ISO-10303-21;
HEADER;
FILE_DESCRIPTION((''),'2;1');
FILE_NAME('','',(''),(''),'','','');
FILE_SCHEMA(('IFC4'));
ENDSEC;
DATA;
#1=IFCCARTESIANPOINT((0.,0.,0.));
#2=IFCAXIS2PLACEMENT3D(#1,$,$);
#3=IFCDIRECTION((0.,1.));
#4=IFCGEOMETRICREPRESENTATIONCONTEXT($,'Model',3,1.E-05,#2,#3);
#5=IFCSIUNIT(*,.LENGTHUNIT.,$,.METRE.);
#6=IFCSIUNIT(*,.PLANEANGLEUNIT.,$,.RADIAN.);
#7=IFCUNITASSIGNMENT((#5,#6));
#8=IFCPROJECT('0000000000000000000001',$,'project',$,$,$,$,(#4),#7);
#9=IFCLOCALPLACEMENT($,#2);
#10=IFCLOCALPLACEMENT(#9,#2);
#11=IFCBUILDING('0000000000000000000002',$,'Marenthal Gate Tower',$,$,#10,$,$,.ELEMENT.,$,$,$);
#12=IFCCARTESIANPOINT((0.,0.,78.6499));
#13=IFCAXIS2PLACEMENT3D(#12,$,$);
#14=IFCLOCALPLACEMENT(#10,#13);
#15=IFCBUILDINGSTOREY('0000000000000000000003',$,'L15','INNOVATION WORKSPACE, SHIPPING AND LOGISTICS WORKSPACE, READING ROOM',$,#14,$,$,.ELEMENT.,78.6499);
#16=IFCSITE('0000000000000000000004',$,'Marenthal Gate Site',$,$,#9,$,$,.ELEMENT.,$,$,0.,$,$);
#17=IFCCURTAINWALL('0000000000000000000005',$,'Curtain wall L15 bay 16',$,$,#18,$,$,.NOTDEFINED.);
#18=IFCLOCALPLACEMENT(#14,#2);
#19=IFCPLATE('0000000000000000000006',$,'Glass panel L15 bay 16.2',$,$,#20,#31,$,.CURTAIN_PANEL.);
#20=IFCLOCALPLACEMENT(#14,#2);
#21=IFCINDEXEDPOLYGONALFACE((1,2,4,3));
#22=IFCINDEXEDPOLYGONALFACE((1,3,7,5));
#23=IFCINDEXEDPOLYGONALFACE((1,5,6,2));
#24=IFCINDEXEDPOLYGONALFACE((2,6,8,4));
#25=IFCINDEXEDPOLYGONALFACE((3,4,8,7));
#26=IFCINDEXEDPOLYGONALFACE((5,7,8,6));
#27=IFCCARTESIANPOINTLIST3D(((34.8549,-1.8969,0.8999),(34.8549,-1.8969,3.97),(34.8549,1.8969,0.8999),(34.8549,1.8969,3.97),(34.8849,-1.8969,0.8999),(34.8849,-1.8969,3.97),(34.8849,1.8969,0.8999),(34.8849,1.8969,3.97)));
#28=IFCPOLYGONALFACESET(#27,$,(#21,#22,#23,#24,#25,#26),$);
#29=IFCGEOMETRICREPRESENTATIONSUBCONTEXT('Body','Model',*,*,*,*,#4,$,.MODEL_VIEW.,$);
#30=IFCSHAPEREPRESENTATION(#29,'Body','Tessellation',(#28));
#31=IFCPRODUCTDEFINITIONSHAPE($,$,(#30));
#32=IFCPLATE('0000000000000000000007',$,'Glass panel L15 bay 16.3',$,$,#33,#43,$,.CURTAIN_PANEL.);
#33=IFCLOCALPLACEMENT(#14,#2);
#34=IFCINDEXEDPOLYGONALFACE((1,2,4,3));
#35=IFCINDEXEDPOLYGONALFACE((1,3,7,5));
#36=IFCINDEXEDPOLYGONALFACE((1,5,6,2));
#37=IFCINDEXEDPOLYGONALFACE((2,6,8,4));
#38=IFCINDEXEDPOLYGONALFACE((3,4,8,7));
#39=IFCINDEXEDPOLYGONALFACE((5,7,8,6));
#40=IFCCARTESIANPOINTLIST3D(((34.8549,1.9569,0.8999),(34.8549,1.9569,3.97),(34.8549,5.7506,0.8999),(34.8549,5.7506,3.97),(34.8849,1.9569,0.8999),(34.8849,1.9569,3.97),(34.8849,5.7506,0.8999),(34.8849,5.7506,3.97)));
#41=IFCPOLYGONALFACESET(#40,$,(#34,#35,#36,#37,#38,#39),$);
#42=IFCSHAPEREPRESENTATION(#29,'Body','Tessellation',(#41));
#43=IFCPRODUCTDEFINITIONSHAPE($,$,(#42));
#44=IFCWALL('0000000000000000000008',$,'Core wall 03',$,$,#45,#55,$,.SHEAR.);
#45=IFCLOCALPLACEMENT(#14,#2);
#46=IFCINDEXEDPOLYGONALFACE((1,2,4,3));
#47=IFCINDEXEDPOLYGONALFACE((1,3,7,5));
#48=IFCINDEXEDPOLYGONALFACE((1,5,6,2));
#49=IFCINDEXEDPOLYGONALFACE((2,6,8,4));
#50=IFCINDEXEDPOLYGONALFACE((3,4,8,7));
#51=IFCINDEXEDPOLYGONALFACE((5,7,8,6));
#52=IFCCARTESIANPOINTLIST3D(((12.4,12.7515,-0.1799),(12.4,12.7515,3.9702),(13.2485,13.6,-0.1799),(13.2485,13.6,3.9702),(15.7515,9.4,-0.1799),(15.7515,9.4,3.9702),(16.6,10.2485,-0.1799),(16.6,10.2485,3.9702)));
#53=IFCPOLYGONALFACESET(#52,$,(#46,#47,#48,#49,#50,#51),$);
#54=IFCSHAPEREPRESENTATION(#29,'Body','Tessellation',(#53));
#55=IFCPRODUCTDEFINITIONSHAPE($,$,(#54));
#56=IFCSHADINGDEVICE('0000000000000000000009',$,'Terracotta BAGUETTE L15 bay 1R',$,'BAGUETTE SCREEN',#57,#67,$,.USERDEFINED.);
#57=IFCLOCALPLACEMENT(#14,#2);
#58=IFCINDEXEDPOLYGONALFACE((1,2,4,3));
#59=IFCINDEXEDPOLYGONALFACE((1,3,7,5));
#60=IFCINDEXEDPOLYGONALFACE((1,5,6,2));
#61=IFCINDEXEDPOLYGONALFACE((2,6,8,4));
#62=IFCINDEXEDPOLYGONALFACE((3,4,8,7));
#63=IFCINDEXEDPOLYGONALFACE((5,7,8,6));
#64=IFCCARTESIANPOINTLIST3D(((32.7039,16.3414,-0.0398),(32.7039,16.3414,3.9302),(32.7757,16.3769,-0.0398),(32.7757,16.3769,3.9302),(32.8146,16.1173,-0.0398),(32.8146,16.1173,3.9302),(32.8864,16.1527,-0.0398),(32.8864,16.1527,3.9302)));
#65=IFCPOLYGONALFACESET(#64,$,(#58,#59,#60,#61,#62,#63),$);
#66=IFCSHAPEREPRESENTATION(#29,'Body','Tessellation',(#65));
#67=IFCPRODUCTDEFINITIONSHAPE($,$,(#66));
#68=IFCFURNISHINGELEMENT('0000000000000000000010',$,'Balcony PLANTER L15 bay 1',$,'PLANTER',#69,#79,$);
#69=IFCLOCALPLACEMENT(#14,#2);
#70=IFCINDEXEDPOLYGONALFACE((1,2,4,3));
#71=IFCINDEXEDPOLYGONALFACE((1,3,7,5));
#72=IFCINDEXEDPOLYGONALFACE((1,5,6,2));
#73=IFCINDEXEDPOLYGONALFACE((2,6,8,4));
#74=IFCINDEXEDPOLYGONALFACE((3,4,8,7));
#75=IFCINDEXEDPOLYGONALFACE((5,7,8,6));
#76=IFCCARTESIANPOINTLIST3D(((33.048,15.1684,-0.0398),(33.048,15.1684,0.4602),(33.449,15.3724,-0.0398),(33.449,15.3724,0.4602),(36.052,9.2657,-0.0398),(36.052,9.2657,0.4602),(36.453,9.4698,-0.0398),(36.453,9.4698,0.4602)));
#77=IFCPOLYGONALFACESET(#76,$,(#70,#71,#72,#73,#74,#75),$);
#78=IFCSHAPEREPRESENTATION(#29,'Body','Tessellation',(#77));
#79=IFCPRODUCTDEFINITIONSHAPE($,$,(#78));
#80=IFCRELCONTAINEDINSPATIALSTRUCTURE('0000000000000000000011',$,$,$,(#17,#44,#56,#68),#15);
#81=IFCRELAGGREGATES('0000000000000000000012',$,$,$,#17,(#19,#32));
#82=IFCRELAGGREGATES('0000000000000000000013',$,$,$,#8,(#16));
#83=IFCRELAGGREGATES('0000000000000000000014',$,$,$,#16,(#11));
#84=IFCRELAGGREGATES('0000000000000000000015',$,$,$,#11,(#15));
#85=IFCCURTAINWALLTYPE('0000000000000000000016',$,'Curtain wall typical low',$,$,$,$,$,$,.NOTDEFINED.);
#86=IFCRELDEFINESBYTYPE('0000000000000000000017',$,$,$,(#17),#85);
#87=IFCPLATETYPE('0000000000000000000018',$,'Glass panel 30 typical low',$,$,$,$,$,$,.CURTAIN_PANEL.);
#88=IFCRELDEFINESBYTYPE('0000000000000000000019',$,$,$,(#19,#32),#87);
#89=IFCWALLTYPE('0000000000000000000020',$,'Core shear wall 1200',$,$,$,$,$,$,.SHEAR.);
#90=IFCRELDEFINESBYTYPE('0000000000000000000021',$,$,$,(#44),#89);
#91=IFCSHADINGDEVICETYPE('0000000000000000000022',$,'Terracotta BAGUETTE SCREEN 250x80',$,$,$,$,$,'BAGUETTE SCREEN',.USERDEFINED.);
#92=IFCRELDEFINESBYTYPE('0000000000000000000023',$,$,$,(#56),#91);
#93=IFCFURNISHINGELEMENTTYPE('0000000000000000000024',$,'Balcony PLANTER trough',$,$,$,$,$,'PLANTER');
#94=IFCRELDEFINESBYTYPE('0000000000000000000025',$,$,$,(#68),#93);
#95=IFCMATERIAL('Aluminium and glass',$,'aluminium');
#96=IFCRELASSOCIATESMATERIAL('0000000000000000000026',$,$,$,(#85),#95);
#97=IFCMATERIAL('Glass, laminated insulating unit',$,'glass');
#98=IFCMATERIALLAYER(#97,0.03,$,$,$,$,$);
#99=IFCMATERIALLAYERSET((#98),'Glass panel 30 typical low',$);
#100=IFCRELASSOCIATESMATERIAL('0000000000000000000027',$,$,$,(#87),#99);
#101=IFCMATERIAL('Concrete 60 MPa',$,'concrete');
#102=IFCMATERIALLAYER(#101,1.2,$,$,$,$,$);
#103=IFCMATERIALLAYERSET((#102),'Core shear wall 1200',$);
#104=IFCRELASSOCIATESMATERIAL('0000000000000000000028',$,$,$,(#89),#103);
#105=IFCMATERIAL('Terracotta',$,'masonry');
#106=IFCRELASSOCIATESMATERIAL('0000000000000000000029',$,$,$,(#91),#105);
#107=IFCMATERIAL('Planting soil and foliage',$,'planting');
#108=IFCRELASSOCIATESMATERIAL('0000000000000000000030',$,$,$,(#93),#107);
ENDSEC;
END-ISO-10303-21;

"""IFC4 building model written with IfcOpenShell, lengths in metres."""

from ifc_helpers import new_model, si_unit, direction, frame, frame_2d, origin, origin_2d, place, context, subcontext, project, spatial, rectangle, extrude, material, layer, layer_set, material_profile, profile_set, type_object, element, aggregate, save


model = new_model("IFC4")

# Units and contexts
model_context = context("Model", 3, precision=1e-05, world=origin(), true_north=direction((0.0, 1.0)))
body_context = subcontext(model_context, "Body", "Model", "MODEL_VIEW")
ifc_project = project(units=[si_unit("LENGTHUNIT", "METRE"), si_unit("PLANEANGLEUNIT", "RADIAN")], contexts=[model_context])

# Site, building, storey
site_placement = place(None, origin())
site = spatial("IfcSite", under=ifc_project, at=site_placement, Name="Marenthal Gate Site", CompositionType="ELEMENT", RefElevation=0.0)
building_placement = place(site_placement, origin())
building = spatial("IfcBuilding", under=site, at=building_placement, Name="Marenthal Gate Tower", CompositionType="ELEMENT")
storey_placement = place(building_placement, frame((0.0, 0.0, 78.6499)))
storey = spatial("IfcBuildingStorey", under=building, at=storey_placement, Name="L15", Description="INNOVATION WORKSPACE, SHIPPING AND LOGISTICS WORKSPACE, READING ROOM", CompositionType="ELEMENT", Elevation=78.6499)

# Curtain wall
ifc_material_1 = material(Name="Aluminium and glass", Category="aluminium")
curtain_wall_type = type_object("IfcCurtainWallType", Name="Curtain wall typical low", PredefinedType="NOTDEFINED", material=ifc_material_1)
curtain_wall_placement = place(storey_placement, origin())
curtain_wall = element("IfcCurtainWall", 1, at=curtain_wall_placement, inside=storey, type_object=curtain_wall_type, Name="Curtain wall L15 bay 16", PredefinedType="NOTDEFINED")

# Plates
ifc_material_2 = material(Name="Glass, laminated insulating unit", Category="glass")
ifc_layer_1 = layer(ifc_material_2, 0.03)
ifc_layer_set_1 = layer_set([ifc_layer_1], Name="Glass panel 30 typical low")
plate_type = type_object("IfcPlateType", Name="Glass panel 30 typical low", PredefinedType="CURTAIN_PANEL", material=ifc_layer_set_1)
plate_1_placement = place(storey_placement, frame((34.8699, 0.0, 0.8999), z_axis=(0.0, 0.0, 1.0), x_axis=(0.0, 1.0, 0.0)))
plate_1 = element("IfcPlate", 2, at=plate_1_placement, type_object=plate_type, Name="Glass panel L15 bay 16.2", PredefinedType="CURTAIN_PANEL", context=body_context, shape_type="SweptSolid", body=[
    extrude(rectangle(XDim=3.7937, YDim=0.03, at=origin_2d()), origin(), (0.0, 0.0, 1.0), 3.0701),
])
plate_2_placement = place(storey_placement, frame((34.8699, 3.8538, 0.8999), z_axis=(0.0, 0.0, 1.0), x_axis=(0.0, 1.0, 0.0)))
plate_2 = element("IfcPlate", 3, at=plate_2_placement, type_object=plate_type, Name="Glass panel L15 bay 16.3", PredefinedType="CURTAIN_PANEL", context=body_context, shape_type="SweptSolid", body=[
    extrude(rectangle(XDim=3.7937, YDim=0.03, at=origin_2d()), origin(), (0.0, 0.0, 1.0), 3.0701),
])
aggregate(curtain_wall, [plate_1, plate_2])

# Wall
ifc_material_3 = material(Name="Concrete 60 MPa", Category="concrete")
ifc_layer_2 = layer(ifc_material_3, 1.2)
ifc_layer_set_2 = layer_set([ifc_layer_2], Name="Core shear wall 1200")
wall_type_1 = type_object("IfcWallType", Name="Core shear wall 1200", PredefinedType="SHEAR", material=ifc_layer_set_2)
wall_1_placement = place(storey_placement, frame((16.1758, 9.8242, -0.1799), z_axis=(0.0, 0.0, 1.0), x_axis=(-0.707107, 0.707107, 0.0)))
element("IfcWall", 4, at=wall_1_placement, inside=storey, type_object=wall_type_1, Name="Core wall 03", PredefinedType="SHEAR", context=body_context, shape_type="SweptSolid", body=[
    extrude(rectangle(XDim=4.7397, YDim=1.2, at=frame_2d((2.3699, 0.0))), origin(), (0.0, 0.0, 1.0), 4.1501),
])

# Shading device
ifc_material_4 = material(Name="Terracotta", Category="masonry")
ifc_material_profile_1 = material_profile(ifc_material_4, rectangle(XDim=0.25, YDim=0.0801, at=origin_2d()), Name="Terracotta baguette 250x80")
ifc_profile_set_1 = profile_set([ifc_material_profile_1], Name="Terracotta")
shading_device_type = type_object("IfcShadingDeviceType", Name="Terracotta BAGUETTE SCREEN 250x80", ElementType="BAGUETTE SCREEN", PredefinedType="USERDEFINED", material=ifc_profile_set_1)
shading_device_placement = place(storey_placement, frame((32.7952, 16.2471, -0.0398), z_axis=(0.0, 0.0, 1.0), x_axis=(-0.442939, 0.896552, 0.0)))
element("IfcShadingDevice", 5, at=shading_device_placement, inside=storey, type_object=shading_device_type, Name="Terracotta BAGUETTE L15 bay 1R", ObjectType="BAGUETTE SCREEN", PredefinedType="USERDEFINED", context=body_context, shape_type="SweptSolid", body=[
    extrude(rectangle(XDim=0.25, YDim=0.0801, at=origin_2d()), origin(), (0.0, 0.0, 1.0), 3.97),
])

# Furnishing element
ifc_material_5 = material(Name="Planting soil and foliage", Category="planting")
furnishing_element_type = type_object("IfcFurnishingElementType", Name="Balcony PLANTER trough", ElementType="PLANTER", material=ifc_material_5)
furnishing_placement = place(storey_placement, frame((34.7505, 12.3191, -0.0398), z_axis=(0.0, 0.0, 1.0), x_axis=(-0.453561, 0.891225, 0.0)))
element("IfcFurnishingElement", 6, at=furnishing_placement, inside=storey, type_object=furnishing_element_type, Name="Balcony PLANTER L15 bay 1", ObjectType="PLANTER", context=body_context, shape_type="SweptSolid", body=[
    extrude(rectangle(XDim=6.623, YDim=0.45, at=origin_2d()), origin(), (0.0, 0.0, 1.0), 0.5),
])

save(model, "model.ifc")
